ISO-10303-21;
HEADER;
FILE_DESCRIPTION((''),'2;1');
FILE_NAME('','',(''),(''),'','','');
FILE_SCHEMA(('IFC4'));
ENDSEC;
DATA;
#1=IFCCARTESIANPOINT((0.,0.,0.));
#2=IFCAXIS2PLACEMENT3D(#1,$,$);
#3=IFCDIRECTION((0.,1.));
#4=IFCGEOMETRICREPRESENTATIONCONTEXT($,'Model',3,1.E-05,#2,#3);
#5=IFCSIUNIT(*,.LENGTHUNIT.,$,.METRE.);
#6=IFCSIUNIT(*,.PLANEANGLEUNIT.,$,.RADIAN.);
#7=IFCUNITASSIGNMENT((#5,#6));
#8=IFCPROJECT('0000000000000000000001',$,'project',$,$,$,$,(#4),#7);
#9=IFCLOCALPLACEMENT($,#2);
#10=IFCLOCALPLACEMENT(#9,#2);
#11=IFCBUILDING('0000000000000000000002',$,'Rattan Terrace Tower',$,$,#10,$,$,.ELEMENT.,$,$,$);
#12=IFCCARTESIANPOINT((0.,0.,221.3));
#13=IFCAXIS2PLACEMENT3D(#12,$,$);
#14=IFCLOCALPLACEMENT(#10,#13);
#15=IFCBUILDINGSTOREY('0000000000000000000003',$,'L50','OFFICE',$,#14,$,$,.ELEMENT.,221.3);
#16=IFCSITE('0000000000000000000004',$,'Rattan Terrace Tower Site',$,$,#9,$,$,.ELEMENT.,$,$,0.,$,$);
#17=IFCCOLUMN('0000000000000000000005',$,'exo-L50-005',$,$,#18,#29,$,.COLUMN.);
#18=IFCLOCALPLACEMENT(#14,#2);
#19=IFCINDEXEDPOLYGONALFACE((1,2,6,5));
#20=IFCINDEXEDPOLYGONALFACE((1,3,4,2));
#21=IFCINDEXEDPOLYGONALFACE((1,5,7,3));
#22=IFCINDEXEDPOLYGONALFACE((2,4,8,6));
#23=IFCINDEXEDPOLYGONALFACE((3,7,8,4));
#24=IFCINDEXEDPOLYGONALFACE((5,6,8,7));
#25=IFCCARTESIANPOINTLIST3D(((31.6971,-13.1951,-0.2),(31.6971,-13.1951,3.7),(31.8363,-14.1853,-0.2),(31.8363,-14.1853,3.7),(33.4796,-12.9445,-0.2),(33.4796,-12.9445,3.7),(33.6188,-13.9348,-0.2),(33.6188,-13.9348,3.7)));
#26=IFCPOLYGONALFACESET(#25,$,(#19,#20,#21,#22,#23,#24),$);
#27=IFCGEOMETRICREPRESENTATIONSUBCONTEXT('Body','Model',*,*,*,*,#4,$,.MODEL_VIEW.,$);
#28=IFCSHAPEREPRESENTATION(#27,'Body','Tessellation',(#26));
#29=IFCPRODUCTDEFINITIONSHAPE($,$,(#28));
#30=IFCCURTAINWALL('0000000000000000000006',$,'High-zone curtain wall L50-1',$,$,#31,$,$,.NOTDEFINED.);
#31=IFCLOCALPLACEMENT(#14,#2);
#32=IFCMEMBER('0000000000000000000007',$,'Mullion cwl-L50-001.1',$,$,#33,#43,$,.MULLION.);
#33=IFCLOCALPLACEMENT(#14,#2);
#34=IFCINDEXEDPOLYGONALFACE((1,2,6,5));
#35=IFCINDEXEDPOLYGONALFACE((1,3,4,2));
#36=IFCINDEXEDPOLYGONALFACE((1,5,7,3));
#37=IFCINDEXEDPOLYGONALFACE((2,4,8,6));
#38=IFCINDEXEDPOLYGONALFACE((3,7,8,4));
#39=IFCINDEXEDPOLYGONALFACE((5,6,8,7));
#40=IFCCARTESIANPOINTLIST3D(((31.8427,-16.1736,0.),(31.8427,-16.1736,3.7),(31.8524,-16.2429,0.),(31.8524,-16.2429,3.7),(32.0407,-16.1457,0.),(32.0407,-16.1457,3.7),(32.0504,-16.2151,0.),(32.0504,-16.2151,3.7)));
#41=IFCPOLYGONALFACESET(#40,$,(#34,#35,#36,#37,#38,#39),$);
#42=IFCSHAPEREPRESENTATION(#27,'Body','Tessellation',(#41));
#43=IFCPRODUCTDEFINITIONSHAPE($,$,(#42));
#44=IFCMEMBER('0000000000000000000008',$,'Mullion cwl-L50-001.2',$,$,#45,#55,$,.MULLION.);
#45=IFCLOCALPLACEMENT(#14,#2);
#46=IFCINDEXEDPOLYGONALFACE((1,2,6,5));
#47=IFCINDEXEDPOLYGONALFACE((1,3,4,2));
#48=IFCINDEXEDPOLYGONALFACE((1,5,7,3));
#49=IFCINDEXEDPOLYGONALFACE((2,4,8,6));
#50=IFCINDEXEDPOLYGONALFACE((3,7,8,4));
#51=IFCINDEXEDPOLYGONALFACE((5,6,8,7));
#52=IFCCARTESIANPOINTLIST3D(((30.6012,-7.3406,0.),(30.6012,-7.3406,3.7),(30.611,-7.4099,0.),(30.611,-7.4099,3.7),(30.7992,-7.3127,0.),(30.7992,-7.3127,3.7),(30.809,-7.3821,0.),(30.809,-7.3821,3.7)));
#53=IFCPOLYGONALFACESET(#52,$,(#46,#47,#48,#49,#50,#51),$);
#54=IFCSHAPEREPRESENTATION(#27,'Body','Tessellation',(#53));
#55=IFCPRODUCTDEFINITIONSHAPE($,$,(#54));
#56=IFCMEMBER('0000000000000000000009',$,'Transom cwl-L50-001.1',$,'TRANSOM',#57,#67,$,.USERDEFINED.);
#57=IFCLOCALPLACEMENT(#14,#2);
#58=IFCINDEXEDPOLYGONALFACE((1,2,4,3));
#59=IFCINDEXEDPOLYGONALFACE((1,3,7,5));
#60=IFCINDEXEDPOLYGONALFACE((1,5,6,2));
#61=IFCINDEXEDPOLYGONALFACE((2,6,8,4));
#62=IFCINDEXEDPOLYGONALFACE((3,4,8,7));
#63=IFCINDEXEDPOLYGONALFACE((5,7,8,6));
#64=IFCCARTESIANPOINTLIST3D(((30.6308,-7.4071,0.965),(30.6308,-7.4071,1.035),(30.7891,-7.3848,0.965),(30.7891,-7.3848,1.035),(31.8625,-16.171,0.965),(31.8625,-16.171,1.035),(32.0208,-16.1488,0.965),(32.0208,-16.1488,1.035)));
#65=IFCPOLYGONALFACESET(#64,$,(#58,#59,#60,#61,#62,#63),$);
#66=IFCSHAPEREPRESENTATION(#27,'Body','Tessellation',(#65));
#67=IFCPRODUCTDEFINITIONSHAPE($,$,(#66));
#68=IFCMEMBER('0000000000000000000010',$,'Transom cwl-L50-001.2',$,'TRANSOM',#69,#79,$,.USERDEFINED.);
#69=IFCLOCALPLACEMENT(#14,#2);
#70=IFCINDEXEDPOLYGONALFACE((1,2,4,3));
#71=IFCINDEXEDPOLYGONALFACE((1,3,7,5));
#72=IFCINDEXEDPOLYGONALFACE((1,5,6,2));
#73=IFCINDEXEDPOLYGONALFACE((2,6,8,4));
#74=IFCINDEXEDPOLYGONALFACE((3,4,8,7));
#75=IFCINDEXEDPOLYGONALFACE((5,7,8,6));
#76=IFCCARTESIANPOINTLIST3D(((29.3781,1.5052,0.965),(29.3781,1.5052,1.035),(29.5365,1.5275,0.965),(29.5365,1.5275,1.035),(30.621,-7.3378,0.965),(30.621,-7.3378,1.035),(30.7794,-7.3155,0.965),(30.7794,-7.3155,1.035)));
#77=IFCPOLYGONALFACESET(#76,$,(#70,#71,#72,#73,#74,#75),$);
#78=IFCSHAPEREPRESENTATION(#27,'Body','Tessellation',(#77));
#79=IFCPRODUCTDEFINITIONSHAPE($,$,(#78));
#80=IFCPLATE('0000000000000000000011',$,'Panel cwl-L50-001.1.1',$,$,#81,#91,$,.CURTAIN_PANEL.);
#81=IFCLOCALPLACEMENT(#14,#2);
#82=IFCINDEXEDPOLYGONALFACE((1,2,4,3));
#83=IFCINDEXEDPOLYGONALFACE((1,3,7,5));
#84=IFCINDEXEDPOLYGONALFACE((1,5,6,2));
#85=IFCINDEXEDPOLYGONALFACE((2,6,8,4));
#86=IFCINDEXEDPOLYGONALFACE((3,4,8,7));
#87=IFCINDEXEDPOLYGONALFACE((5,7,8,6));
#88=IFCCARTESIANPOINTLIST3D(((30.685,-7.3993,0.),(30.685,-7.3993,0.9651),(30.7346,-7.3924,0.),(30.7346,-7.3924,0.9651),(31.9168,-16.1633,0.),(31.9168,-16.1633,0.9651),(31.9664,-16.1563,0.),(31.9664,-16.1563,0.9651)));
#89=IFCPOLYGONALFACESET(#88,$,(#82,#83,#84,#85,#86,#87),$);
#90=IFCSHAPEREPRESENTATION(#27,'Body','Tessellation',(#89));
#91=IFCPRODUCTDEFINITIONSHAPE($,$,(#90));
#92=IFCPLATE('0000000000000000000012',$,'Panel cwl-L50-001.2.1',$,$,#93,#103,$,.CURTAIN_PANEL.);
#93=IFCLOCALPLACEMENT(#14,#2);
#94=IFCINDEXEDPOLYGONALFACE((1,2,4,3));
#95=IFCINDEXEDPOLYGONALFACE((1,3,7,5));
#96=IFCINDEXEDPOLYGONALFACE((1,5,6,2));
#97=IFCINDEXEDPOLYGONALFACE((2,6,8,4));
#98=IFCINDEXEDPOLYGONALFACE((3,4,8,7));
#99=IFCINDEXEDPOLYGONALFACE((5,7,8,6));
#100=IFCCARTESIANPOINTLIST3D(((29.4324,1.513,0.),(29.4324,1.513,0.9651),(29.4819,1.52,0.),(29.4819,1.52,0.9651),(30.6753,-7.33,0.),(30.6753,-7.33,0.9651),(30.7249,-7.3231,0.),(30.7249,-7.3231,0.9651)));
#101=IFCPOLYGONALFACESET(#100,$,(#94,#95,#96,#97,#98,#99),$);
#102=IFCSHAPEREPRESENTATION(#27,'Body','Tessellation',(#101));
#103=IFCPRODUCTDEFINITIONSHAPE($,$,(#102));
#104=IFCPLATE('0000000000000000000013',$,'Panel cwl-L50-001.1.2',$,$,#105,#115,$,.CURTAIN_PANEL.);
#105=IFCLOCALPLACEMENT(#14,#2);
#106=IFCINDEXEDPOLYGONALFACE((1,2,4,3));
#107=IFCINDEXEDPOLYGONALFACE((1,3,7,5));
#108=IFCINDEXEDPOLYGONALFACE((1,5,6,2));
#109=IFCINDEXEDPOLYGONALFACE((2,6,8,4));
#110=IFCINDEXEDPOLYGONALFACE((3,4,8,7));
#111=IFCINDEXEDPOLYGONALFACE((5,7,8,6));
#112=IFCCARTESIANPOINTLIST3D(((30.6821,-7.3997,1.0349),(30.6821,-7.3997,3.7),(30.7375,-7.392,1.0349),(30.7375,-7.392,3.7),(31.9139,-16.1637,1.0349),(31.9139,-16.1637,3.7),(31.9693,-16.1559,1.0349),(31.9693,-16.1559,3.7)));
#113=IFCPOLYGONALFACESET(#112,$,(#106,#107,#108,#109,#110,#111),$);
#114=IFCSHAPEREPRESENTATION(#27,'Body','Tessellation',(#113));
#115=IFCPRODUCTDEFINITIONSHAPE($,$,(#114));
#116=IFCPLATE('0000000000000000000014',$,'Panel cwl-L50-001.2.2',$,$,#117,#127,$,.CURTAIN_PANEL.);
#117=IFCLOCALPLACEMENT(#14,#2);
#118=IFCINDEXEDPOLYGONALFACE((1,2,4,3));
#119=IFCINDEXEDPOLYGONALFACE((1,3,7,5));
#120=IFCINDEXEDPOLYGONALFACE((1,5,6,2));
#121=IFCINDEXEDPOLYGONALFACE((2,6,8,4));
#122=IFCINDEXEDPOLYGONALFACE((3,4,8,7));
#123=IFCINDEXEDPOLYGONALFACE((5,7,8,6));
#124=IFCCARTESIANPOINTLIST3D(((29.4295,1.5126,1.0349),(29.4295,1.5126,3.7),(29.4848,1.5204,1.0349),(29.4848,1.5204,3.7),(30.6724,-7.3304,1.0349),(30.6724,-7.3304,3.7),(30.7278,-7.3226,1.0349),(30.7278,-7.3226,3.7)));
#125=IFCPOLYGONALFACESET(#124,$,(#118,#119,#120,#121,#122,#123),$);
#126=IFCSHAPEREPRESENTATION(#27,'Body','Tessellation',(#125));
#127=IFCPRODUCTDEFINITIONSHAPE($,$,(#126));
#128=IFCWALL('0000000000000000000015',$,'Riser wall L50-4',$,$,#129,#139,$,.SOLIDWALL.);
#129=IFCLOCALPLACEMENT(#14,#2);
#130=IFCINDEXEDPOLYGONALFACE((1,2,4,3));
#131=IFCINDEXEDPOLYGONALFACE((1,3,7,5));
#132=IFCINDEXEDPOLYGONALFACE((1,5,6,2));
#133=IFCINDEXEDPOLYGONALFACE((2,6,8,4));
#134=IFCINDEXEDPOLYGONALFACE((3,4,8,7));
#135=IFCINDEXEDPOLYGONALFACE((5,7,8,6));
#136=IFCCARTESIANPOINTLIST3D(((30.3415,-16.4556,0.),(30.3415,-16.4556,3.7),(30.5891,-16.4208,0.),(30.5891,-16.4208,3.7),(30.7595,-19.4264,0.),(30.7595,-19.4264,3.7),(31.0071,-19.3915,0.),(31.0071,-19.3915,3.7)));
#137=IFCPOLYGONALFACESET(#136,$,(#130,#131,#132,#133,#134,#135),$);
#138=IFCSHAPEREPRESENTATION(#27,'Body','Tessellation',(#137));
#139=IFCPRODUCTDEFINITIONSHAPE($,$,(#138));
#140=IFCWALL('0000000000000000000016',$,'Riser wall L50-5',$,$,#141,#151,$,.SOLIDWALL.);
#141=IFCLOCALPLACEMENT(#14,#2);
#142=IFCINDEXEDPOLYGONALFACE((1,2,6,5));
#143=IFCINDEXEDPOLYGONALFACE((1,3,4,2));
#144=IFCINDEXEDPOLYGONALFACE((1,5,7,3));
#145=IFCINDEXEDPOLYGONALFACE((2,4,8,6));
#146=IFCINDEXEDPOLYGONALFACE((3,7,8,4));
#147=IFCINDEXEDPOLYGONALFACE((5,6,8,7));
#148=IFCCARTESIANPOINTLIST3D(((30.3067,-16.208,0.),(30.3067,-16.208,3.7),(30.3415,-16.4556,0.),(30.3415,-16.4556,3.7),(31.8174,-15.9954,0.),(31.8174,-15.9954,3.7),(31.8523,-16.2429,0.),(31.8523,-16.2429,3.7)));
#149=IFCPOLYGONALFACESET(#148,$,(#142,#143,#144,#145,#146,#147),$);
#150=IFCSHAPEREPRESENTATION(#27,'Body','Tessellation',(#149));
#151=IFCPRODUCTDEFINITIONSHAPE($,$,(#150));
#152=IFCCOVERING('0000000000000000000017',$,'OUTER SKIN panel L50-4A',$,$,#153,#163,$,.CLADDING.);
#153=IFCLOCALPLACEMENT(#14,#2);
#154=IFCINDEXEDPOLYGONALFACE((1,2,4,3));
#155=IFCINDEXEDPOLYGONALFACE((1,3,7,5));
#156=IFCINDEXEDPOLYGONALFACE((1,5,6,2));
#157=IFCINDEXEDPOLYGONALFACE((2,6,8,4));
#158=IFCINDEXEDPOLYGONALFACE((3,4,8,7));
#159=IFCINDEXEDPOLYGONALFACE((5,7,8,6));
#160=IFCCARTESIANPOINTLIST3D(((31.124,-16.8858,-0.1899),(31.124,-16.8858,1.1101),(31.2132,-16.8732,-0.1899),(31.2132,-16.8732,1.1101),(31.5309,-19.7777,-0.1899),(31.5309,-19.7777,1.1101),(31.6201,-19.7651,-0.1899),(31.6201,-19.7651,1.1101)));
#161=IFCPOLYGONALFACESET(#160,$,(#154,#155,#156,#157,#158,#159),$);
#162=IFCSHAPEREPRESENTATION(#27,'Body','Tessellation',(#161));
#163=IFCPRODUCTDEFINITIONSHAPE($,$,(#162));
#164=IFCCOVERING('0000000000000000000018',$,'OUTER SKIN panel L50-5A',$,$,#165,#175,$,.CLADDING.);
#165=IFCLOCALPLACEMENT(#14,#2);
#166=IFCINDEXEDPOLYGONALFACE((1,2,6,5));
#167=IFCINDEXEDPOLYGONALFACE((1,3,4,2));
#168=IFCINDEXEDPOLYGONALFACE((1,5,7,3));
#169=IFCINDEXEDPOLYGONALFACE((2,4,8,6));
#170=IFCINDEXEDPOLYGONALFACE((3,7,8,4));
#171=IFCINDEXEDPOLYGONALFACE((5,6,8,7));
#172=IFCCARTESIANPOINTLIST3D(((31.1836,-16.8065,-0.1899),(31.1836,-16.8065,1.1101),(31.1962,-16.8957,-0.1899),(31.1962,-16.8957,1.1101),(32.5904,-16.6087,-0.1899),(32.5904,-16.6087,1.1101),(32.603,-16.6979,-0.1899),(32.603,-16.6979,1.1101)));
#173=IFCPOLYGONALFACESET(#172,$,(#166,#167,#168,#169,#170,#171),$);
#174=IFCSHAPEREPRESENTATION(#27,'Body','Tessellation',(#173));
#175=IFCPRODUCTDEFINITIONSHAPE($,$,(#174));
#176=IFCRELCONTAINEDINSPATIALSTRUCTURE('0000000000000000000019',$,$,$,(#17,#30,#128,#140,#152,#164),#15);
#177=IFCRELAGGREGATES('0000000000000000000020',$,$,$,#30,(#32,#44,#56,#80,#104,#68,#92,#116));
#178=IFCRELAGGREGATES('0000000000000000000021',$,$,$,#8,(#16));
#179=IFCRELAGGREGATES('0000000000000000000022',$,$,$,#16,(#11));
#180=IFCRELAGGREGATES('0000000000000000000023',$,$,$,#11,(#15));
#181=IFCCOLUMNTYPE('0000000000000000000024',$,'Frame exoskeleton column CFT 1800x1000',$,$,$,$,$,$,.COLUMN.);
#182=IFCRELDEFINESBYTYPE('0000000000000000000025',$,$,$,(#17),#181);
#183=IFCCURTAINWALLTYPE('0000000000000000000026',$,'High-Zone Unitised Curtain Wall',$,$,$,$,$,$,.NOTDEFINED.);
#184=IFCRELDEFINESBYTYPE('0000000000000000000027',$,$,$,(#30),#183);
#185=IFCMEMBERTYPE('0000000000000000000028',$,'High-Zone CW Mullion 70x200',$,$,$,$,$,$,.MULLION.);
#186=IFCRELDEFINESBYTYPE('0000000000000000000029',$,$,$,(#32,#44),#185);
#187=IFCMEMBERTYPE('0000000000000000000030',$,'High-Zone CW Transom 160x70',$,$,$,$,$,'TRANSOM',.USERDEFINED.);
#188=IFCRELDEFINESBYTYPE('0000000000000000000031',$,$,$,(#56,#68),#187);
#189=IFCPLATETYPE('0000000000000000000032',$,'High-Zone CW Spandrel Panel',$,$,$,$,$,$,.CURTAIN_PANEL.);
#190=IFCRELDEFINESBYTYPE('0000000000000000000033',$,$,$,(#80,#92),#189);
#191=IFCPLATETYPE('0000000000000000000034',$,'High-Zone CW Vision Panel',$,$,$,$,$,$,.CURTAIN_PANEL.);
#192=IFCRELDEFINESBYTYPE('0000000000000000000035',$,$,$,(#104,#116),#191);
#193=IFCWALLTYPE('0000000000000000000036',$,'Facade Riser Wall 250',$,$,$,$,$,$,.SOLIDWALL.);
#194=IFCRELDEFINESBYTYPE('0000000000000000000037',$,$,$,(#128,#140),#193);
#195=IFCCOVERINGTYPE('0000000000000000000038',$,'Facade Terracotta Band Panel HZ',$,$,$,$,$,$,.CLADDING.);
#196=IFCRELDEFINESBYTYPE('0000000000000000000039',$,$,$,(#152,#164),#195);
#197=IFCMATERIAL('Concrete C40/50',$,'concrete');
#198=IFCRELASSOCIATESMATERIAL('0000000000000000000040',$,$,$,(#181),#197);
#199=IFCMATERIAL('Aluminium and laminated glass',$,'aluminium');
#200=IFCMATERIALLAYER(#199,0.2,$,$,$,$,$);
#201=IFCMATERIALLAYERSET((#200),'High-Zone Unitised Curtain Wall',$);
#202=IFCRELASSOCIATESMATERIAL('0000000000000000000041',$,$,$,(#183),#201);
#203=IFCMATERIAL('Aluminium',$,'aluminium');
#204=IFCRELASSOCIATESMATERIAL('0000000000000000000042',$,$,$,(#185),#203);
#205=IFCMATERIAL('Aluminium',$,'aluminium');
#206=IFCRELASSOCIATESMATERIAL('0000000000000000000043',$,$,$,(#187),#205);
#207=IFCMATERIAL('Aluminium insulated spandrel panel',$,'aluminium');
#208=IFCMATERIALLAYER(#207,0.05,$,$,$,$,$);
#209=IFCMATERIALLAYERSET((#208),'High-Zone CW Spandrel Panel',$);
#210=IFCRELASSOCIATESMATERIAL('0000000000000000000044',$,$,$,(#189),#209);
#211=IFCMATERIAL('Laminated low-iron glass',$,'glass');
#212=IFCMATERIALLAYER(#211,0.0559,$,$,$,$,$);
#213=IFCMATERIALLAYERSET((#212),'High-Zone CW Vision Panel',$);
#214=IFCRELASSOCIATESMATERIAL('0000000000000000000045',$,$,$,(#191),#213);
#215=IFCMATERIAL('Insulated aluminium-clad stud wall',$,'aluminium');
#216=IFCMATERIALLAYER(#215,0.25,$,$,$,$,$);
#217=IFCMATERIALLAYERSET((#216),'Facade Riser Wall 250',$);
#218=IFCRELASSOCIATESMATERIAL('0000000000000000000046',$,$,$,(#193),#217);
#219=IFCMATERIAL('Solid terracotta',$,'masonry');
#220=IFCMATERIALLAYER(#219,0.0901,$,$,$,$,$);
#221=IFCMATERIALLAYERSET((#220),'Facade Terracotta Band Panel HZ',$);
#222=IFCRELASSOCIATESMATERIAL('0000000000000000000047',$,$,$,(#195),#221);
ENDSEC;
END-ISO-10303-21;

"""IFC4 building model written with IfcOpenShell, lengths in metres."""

from ifc_helpers import new_model, si_unit, direction, frame, frame_2d, origin, origin_2d, place, context, subcontext, project, spatial, rectangle, extrude, material, layer, layer_set, material_profile, profile_set, type_object, element, aggregate, save


model = new_model("IFC4")

# Units and contexts
model_context = context("Model", 3, precision=1e-05, world=origin(), true_north=direction((0.0, 1.0)))
body_context = subcontext(model_context, "Body", "Model", "MODEL_VIEW")
ifc_project = project(units=[si_unit("LENGTHUNIT", "METRE"), si_unit("PLANEANGLEUNIT", "RADIAN")], contexts=[model_context])

# Site, building, storey
site_placement = place(None, origin())
site = spatial("IfcSite", under=ifc_project, at=site_placement, Name="Rattan Terrace Tower Site", CompositionType="ELEMENT", RefElevation=0.0)
building_placement = place(site_placement, origin())
building = spatial("IfcBuilding", under=site, at=building_placement, Name="Rattan Terrace Tower", CompositionType="ELEMENT")
storey_placement = place(building_placement, frame((0.0, 0.0, 221.3)))
storey = spatial("IfcBuildingStorey", under=building, at=storey_placement, Name="L50", Description="OFFICE", CompositionType="ELEMENT", Elevation=221.3)

# Column
ifc_material_1 = material(Name="Concrete C40/50", Category="concrete")
ifc_material_profile_1 = material_profile(ifc_material_1, rectangle(XDim=1.0, YDim=1.8, at=origin_2d()), Name="CFT 1800x1000")
ifc_profile_set_1 = profile_set([ifc_material_profile_1], Name="Concrete C40/50")
column_type = type_object("IfcColumnType", Name="Frame exoskeleton column CFT 1800x1000", PredefinedType="COLUMN", material=ifc_profile_set_1)
column_placement = place(storey_placement, frame((32.658, -13.5649, -0.2), z_axis=(0.0, 0.0, 1.0), x_axis=(-0.13919, 0.990266, 0.0)))
element("IfcColumn", 1, at=column_placement, inside=storey, type_object=column_type, Name="exo-L50-005", PredefinedType="COLUMN", context=body_context, shape_type="SweptSolid", body=[
    extrude(rectangle(XDim=1.0, YDim=1.8, at=origin_2d()), origin(), (0.0, 0.0, 1.0), 3.8999),
])

# Curtain wall, members, plates
ifc_material_2 = material(Name="Aluminium and laminated glass", Category="aluminium")
ifc_layer_1 = layer(ifc_material_2, 0.2)
ifc_layer_set_1 = layer_set([ifc_layer_1], Name="High-Zone Unitised Curtain Wall")
curtain_wall_type = type_object("IfcCurtainWallType", Name="High-Zone Unitised Curtain Wall", PredefinedType="NOTDEFINED", material=ifc_layer_set_1)
curtain_wall_placement = place(storey_placement, origin())
curtain_wall = element("IfcCurtainWall", 2, at=curtain_wall_placement, inside=storey, type_object=curtain_wall_type, Name="High-zone curtain wall L50-1", PredefinedType="NOTDEFINED")
ifc_material_3 = material(Name="Aluminium", Category="aluminium")
ifc_material_profile_2 = material_profile(ifc_material_3, rectangle(XDim=0.0701, YDim=0.2, at=origin_2d()), Name="Aluminium 70x200")
ifc_profile_set_2 = profile_set([ifc_material_profile_2], Name="Aluminium")
member_type_1 = type_object("IfcMemberType", Name="High-Zone CW Mullion 70x200", PredefinedType="MULLION", material=ifc_profile_set_2)
member_1_placement = place(storey_placement, frame((31.9465, -16.1943, 0.0), z_axis=(0.0, 0.0, 1.0), x_axis=(-0.139186, 0.990266, 0.0)))
member_1 = element("IfcMember", 3, at=member_1_placement, type_object=member_type_1, Name="Mullion cwl-L50-001.1", PredefinedType="MULLION", context=body_context, shape_type="SweptSolid", body=[
    extrude(rectangle(XDim=0.0701, YDim=0.2, at=origin_2d()), origin(), (0.0, 0.0, 1.0), 3.7),
])
member_2_placement = place(storey_placement, frame((30.7051, -7.3613, 0.0), z_axis=(0.0, 0.0, 1.0), x_axis=(-0.139186, 0.990266, 0.0)))
member_2 = element("IfcMember", 4, at=member_2_placement, type_object=member_type_1, Name="Mullion cwl-L50-001.2", PredefinedType="MULLION", context=body_context, shape_type="SweptSolid", body=[
    extrude(rectangle(XDim=0.0701, YDim=0.2, at=origin_2d()), origin(), (0.0, 0.0, 1.0), 3.7),
])
ifc_material_4 = material(Name="Aluminium", Category="aluminium")
ifc_material_profile_3 = material_profile(ifc_material_4, rectangle(XDim=0.1599, YDim=0.0701, at=origin_2d()), Name="Aluminium 160x70")
ifc_profile_set_3 = profile_set([ifc_material_profile_3], Name="Aluminium")
member_type_2 = type_object("IfcMemberType", Name="High-Zone CW Transom 160x70", ElementType="TRANSOM", PredefinedType="USERDEFINED", material=ifc_profile_set_3)
member_3_placement = place(storey_placement, frame((31.9417, -16.1599, 1.0), z_axis=(-0.139173, 0.990268, 0.0), x_axis=(-0.990268, -0.139173, 0.0)))
member_3 = element("IfcMember", 5, at=member_3_placement, type_object=member_type_2, Name="Transom cwl-L50-001.1", ObjectType="TRANSOM", PredefinedType="USERDEFINED", context=body_context, shape_type="SweptSolid", body=[
    extrude(rectangle(XDim=0.1599, YDim=0.0701, at=origin_2d()), origin(), (0.0, 0.0, 1.0), 8.8501),
])
member_4_placement = place(storey_placement, frame((30.7002, -7.3267, 1.0), z_axis=(-0.139186, 0.990266, 0.0), x_axis=(-0.990266, -0.139186, 0.0)))
member_4 = element("IfcMember", 6, at=member_4_placement, type_object=member_type_2, Name="Transom cwl-L50-001.2", ObjectType="TRANSOM", PredefinedType="USERDEFINED", context=body_context, shape_type="SweptSolid", body=[
    extrude(rectangle(XDim=0.1599, YDim=0.0701, at=origin_2d()), origin(), (0.0, 0.0, 1.0), 8.9299),
])
ifc_material_5 = material(Name="Aluminium insulated spandrel panel", Category="aluminium")
ifc_layer_2 = layer(ifc_material_5, 0.05)
ifc_layer_set_2 = layer_set([ifc_layer_2], Name="High-Zone CW Spandrel Panel")
plate_type_1 = type_object("IfcPlateType", Name="High-Zone CW Spandrel Panel", PredefinedType="CURTAIN_PANEL", material=ifc_layer_set_2)
plate_1_placement = place(storey_placement, frame((31.3257, -11.7778, 0.0), z_axis=(0.0, 0.0, 1.0), x_axis=(-0.139186, 0.990266, 0.0)))
plate_1 = element("IfcPlate", 7, at=plate_1_placement, type_object=plate_type_1, Name="Panel cwl-L50-001.1.1", PredefinedType="CURTAIN_PANEL", context=body_context, shape_type="SweptSolid", body=[
    extrude(rectangle(XDim=8.8501, YDim=0.05, at=origin_2d()), origin(), (0.0, 0.0, 1.0), 0.9651),
])
plate_2_placement = place(storey_placement, frame((30.0786, -2.905, 0.0), z_axis=(0.0, 0.0, 1.0), x_axis=(-0.139186, 0.990266, 0.0)))
plate_2 = element("IfcPlate", 8, at=plate_2_placement, type_object=plate_type_1, Name="Panel cwl-L50-001.2.1", PredefinedType="CURTAIN_PANEL", context=body_context, shape_type="SweptSolid", body=[
    extrude(rectangle(XDim=8.9299, YDim=0.05, at=origin_2d()), origin(), (0.0, 0.0, 1.0), 0.9651),
])
ifc_material_6 = material(Name="Laminated low-iron glass", Category="glass")
ifc_layer_3 = layer(ifc_material_6, 0.0559)
ifc_layer_set_3 = layer_set([ifc_layer_3], Name="High-Zone CW Vision Panel")
plate_type_2 = type_object("IfcPlateType", Name="High-Zone CW Vision Panel", PredefinedType="CURTAIN_PANEL", material=ifc_layer_set_3)
plate_3_placement = place(storey_placement, frame((31.3257, -11.7778, 1.0349), z_axis=(0.0, 0.0, 1.0), x_axis=(-0.139186, 0.990266, 0.0)))
plate_3 = element("IfcPlate", 9, at=plate_3_placement, type_object=plate_type_2, Name="Panel cwl-L50-001.1.2", PredefinedType="CURTAIN_PANEL", context=body_context, shape_type="SweptSolid", body=[
    extrude(rectangle(XDim=8.8501, YDim=0.0559, at=origin_2d()), origin(), (0.0, 0.0, 1.0), 2.665),
])
plate_4_placement = place(storey_placement, frame((30.0786, -2.905, 1.0349), z_axis=(0.0, 0.0, 1.0), x_axis=(-0.139186, 0.990266, 0.0)))
plate_4 = element("IfcPlate", 10, at=plate_4_placement, type_object=plate_type_2, Name="Panel cwl-L50-001.2.2", PredefinedType="CURTAIN_PANEL", context=body_context, shape_type="SweptSolid", body=[
    extrude(rectangle(XDim=8.9299, YDim=0.0559, at=origin_2d()), origin(), (0.0, 0.0, 1.0), 2.665),
])
aggregate(curtain_wall, [member_1, member_2, member_3, plate_1, plate_3, member_4, plate_2, plate_4])

# Walls
ifc_material_7 = material(Name="Insulated aluminium-clad stud wall", Category="aluminium")
ifc_layer_4 = layer(ifc_material_7, 0.25)
ifc_layer_set_4 = layer_set([ifc_layer_4], Name="Facade Riser Wall 250")
wall_type = type_object("IfcWallType", Name="Facade Riser Wall 250", PredefinedType="SOLIDWALL", material=ifc_layer_set_4)
wall_1_placement = place(storey_placement, frame((30.8833, -19.4089, 0.0), z_axis=(0.0, 0.0, 1.0), x_axis=(-0.139325, 0.990247, 0.0)))
element("IfcWall", 11, at=wall_1_placement, inside=storey, type_object=wall_type, Name="Riser wall L50-4", PredefinedType="SOLIDWALL", context=body_context, shape_type="SweptSolid", body=[
    extrude(rectangle(XDim=3.0, YDim=0.25, at=frame_2d((1.5, 0.0))), origin(), (0.0, 0.0, 1.0), 3.7),
])
wall_2_placement = place(storey_placement, frame((30.3242, -16.3318, 0.0), z_axis=(0.0, 0.0, 1.0), x_axis=(0.990239, 0.139382, 0.0)))
element("IfcWall", 12, at=wall_2_placement, inside=storey, type_object=wall_type, Name="Riser wall L50-5", PredefinedType="SOLIDWALL", context=body_context, shape_type="SweptSolid", body=[
    extrude(rectangle(XDim=1.5256, YDim=0.25, at=frame_2d((0.7627, 0.0))), origin(), (0.0, 0.0, 1.0), 3.7),
])

# Coverings
ifc_material_8 = material(Name="Solid terracotta", Category="masonry")
ifc_layer_5 = layer(ifc_material_8, 0.0901)
ifc_layer_set_5 = layer_set([ifc_layer_5], Name="Facade Terracotta Band Panel HZ")
covering_type_1 = type_object("IfcCoveringType", Name="Facade Terracotta Band Panel HZ", PredefinedType="CLADDING", material=ifc_layer_set_5)
covering_1_placement = place(storey_placement, frame((31.3721, -18.3254, -0.1899), z_axis=(0.0, 0.0, 1.0), x_axis=(-0.139321, 0.990247, 0.0)))
element("IfcCovering", 13, at=covering_1_placement, inside=storey, type_object=covering_type_1, Name="OUTER SKIN panel L50-4A", PredefinedType="CLADDING", context=body_context, shape_type="SweptSolid", body=[
    extrude(rectangle(XDim=2.9204, YDim=0.0901, at=origin_2d()), origin(), (0.0, 0.0, 1.0), 1.3),
])
covering_2_placement = place(storey_placement, frame((31.8933, -16.7522, -0.1899), z_axis=(0.0, 0.0, 1.0), x_axis=(0.990254, 0.139275, 0.0)))
element("IfcCovering", 14, at=covering_2_placement, inside=storey, type_object=covering_type_1, Name="OUTER SKIN panel L50-5A", PredefinedType="CLADDING", context=body_context, shape_type="SweptSolid", body=[
    extrude(rectangle(XDim=1.4207, YDim=0.0901, at=origin_2d()), origin(), (0.0, 0.0, 1.0), 1.3),
])

save(model, "model.ifc")
